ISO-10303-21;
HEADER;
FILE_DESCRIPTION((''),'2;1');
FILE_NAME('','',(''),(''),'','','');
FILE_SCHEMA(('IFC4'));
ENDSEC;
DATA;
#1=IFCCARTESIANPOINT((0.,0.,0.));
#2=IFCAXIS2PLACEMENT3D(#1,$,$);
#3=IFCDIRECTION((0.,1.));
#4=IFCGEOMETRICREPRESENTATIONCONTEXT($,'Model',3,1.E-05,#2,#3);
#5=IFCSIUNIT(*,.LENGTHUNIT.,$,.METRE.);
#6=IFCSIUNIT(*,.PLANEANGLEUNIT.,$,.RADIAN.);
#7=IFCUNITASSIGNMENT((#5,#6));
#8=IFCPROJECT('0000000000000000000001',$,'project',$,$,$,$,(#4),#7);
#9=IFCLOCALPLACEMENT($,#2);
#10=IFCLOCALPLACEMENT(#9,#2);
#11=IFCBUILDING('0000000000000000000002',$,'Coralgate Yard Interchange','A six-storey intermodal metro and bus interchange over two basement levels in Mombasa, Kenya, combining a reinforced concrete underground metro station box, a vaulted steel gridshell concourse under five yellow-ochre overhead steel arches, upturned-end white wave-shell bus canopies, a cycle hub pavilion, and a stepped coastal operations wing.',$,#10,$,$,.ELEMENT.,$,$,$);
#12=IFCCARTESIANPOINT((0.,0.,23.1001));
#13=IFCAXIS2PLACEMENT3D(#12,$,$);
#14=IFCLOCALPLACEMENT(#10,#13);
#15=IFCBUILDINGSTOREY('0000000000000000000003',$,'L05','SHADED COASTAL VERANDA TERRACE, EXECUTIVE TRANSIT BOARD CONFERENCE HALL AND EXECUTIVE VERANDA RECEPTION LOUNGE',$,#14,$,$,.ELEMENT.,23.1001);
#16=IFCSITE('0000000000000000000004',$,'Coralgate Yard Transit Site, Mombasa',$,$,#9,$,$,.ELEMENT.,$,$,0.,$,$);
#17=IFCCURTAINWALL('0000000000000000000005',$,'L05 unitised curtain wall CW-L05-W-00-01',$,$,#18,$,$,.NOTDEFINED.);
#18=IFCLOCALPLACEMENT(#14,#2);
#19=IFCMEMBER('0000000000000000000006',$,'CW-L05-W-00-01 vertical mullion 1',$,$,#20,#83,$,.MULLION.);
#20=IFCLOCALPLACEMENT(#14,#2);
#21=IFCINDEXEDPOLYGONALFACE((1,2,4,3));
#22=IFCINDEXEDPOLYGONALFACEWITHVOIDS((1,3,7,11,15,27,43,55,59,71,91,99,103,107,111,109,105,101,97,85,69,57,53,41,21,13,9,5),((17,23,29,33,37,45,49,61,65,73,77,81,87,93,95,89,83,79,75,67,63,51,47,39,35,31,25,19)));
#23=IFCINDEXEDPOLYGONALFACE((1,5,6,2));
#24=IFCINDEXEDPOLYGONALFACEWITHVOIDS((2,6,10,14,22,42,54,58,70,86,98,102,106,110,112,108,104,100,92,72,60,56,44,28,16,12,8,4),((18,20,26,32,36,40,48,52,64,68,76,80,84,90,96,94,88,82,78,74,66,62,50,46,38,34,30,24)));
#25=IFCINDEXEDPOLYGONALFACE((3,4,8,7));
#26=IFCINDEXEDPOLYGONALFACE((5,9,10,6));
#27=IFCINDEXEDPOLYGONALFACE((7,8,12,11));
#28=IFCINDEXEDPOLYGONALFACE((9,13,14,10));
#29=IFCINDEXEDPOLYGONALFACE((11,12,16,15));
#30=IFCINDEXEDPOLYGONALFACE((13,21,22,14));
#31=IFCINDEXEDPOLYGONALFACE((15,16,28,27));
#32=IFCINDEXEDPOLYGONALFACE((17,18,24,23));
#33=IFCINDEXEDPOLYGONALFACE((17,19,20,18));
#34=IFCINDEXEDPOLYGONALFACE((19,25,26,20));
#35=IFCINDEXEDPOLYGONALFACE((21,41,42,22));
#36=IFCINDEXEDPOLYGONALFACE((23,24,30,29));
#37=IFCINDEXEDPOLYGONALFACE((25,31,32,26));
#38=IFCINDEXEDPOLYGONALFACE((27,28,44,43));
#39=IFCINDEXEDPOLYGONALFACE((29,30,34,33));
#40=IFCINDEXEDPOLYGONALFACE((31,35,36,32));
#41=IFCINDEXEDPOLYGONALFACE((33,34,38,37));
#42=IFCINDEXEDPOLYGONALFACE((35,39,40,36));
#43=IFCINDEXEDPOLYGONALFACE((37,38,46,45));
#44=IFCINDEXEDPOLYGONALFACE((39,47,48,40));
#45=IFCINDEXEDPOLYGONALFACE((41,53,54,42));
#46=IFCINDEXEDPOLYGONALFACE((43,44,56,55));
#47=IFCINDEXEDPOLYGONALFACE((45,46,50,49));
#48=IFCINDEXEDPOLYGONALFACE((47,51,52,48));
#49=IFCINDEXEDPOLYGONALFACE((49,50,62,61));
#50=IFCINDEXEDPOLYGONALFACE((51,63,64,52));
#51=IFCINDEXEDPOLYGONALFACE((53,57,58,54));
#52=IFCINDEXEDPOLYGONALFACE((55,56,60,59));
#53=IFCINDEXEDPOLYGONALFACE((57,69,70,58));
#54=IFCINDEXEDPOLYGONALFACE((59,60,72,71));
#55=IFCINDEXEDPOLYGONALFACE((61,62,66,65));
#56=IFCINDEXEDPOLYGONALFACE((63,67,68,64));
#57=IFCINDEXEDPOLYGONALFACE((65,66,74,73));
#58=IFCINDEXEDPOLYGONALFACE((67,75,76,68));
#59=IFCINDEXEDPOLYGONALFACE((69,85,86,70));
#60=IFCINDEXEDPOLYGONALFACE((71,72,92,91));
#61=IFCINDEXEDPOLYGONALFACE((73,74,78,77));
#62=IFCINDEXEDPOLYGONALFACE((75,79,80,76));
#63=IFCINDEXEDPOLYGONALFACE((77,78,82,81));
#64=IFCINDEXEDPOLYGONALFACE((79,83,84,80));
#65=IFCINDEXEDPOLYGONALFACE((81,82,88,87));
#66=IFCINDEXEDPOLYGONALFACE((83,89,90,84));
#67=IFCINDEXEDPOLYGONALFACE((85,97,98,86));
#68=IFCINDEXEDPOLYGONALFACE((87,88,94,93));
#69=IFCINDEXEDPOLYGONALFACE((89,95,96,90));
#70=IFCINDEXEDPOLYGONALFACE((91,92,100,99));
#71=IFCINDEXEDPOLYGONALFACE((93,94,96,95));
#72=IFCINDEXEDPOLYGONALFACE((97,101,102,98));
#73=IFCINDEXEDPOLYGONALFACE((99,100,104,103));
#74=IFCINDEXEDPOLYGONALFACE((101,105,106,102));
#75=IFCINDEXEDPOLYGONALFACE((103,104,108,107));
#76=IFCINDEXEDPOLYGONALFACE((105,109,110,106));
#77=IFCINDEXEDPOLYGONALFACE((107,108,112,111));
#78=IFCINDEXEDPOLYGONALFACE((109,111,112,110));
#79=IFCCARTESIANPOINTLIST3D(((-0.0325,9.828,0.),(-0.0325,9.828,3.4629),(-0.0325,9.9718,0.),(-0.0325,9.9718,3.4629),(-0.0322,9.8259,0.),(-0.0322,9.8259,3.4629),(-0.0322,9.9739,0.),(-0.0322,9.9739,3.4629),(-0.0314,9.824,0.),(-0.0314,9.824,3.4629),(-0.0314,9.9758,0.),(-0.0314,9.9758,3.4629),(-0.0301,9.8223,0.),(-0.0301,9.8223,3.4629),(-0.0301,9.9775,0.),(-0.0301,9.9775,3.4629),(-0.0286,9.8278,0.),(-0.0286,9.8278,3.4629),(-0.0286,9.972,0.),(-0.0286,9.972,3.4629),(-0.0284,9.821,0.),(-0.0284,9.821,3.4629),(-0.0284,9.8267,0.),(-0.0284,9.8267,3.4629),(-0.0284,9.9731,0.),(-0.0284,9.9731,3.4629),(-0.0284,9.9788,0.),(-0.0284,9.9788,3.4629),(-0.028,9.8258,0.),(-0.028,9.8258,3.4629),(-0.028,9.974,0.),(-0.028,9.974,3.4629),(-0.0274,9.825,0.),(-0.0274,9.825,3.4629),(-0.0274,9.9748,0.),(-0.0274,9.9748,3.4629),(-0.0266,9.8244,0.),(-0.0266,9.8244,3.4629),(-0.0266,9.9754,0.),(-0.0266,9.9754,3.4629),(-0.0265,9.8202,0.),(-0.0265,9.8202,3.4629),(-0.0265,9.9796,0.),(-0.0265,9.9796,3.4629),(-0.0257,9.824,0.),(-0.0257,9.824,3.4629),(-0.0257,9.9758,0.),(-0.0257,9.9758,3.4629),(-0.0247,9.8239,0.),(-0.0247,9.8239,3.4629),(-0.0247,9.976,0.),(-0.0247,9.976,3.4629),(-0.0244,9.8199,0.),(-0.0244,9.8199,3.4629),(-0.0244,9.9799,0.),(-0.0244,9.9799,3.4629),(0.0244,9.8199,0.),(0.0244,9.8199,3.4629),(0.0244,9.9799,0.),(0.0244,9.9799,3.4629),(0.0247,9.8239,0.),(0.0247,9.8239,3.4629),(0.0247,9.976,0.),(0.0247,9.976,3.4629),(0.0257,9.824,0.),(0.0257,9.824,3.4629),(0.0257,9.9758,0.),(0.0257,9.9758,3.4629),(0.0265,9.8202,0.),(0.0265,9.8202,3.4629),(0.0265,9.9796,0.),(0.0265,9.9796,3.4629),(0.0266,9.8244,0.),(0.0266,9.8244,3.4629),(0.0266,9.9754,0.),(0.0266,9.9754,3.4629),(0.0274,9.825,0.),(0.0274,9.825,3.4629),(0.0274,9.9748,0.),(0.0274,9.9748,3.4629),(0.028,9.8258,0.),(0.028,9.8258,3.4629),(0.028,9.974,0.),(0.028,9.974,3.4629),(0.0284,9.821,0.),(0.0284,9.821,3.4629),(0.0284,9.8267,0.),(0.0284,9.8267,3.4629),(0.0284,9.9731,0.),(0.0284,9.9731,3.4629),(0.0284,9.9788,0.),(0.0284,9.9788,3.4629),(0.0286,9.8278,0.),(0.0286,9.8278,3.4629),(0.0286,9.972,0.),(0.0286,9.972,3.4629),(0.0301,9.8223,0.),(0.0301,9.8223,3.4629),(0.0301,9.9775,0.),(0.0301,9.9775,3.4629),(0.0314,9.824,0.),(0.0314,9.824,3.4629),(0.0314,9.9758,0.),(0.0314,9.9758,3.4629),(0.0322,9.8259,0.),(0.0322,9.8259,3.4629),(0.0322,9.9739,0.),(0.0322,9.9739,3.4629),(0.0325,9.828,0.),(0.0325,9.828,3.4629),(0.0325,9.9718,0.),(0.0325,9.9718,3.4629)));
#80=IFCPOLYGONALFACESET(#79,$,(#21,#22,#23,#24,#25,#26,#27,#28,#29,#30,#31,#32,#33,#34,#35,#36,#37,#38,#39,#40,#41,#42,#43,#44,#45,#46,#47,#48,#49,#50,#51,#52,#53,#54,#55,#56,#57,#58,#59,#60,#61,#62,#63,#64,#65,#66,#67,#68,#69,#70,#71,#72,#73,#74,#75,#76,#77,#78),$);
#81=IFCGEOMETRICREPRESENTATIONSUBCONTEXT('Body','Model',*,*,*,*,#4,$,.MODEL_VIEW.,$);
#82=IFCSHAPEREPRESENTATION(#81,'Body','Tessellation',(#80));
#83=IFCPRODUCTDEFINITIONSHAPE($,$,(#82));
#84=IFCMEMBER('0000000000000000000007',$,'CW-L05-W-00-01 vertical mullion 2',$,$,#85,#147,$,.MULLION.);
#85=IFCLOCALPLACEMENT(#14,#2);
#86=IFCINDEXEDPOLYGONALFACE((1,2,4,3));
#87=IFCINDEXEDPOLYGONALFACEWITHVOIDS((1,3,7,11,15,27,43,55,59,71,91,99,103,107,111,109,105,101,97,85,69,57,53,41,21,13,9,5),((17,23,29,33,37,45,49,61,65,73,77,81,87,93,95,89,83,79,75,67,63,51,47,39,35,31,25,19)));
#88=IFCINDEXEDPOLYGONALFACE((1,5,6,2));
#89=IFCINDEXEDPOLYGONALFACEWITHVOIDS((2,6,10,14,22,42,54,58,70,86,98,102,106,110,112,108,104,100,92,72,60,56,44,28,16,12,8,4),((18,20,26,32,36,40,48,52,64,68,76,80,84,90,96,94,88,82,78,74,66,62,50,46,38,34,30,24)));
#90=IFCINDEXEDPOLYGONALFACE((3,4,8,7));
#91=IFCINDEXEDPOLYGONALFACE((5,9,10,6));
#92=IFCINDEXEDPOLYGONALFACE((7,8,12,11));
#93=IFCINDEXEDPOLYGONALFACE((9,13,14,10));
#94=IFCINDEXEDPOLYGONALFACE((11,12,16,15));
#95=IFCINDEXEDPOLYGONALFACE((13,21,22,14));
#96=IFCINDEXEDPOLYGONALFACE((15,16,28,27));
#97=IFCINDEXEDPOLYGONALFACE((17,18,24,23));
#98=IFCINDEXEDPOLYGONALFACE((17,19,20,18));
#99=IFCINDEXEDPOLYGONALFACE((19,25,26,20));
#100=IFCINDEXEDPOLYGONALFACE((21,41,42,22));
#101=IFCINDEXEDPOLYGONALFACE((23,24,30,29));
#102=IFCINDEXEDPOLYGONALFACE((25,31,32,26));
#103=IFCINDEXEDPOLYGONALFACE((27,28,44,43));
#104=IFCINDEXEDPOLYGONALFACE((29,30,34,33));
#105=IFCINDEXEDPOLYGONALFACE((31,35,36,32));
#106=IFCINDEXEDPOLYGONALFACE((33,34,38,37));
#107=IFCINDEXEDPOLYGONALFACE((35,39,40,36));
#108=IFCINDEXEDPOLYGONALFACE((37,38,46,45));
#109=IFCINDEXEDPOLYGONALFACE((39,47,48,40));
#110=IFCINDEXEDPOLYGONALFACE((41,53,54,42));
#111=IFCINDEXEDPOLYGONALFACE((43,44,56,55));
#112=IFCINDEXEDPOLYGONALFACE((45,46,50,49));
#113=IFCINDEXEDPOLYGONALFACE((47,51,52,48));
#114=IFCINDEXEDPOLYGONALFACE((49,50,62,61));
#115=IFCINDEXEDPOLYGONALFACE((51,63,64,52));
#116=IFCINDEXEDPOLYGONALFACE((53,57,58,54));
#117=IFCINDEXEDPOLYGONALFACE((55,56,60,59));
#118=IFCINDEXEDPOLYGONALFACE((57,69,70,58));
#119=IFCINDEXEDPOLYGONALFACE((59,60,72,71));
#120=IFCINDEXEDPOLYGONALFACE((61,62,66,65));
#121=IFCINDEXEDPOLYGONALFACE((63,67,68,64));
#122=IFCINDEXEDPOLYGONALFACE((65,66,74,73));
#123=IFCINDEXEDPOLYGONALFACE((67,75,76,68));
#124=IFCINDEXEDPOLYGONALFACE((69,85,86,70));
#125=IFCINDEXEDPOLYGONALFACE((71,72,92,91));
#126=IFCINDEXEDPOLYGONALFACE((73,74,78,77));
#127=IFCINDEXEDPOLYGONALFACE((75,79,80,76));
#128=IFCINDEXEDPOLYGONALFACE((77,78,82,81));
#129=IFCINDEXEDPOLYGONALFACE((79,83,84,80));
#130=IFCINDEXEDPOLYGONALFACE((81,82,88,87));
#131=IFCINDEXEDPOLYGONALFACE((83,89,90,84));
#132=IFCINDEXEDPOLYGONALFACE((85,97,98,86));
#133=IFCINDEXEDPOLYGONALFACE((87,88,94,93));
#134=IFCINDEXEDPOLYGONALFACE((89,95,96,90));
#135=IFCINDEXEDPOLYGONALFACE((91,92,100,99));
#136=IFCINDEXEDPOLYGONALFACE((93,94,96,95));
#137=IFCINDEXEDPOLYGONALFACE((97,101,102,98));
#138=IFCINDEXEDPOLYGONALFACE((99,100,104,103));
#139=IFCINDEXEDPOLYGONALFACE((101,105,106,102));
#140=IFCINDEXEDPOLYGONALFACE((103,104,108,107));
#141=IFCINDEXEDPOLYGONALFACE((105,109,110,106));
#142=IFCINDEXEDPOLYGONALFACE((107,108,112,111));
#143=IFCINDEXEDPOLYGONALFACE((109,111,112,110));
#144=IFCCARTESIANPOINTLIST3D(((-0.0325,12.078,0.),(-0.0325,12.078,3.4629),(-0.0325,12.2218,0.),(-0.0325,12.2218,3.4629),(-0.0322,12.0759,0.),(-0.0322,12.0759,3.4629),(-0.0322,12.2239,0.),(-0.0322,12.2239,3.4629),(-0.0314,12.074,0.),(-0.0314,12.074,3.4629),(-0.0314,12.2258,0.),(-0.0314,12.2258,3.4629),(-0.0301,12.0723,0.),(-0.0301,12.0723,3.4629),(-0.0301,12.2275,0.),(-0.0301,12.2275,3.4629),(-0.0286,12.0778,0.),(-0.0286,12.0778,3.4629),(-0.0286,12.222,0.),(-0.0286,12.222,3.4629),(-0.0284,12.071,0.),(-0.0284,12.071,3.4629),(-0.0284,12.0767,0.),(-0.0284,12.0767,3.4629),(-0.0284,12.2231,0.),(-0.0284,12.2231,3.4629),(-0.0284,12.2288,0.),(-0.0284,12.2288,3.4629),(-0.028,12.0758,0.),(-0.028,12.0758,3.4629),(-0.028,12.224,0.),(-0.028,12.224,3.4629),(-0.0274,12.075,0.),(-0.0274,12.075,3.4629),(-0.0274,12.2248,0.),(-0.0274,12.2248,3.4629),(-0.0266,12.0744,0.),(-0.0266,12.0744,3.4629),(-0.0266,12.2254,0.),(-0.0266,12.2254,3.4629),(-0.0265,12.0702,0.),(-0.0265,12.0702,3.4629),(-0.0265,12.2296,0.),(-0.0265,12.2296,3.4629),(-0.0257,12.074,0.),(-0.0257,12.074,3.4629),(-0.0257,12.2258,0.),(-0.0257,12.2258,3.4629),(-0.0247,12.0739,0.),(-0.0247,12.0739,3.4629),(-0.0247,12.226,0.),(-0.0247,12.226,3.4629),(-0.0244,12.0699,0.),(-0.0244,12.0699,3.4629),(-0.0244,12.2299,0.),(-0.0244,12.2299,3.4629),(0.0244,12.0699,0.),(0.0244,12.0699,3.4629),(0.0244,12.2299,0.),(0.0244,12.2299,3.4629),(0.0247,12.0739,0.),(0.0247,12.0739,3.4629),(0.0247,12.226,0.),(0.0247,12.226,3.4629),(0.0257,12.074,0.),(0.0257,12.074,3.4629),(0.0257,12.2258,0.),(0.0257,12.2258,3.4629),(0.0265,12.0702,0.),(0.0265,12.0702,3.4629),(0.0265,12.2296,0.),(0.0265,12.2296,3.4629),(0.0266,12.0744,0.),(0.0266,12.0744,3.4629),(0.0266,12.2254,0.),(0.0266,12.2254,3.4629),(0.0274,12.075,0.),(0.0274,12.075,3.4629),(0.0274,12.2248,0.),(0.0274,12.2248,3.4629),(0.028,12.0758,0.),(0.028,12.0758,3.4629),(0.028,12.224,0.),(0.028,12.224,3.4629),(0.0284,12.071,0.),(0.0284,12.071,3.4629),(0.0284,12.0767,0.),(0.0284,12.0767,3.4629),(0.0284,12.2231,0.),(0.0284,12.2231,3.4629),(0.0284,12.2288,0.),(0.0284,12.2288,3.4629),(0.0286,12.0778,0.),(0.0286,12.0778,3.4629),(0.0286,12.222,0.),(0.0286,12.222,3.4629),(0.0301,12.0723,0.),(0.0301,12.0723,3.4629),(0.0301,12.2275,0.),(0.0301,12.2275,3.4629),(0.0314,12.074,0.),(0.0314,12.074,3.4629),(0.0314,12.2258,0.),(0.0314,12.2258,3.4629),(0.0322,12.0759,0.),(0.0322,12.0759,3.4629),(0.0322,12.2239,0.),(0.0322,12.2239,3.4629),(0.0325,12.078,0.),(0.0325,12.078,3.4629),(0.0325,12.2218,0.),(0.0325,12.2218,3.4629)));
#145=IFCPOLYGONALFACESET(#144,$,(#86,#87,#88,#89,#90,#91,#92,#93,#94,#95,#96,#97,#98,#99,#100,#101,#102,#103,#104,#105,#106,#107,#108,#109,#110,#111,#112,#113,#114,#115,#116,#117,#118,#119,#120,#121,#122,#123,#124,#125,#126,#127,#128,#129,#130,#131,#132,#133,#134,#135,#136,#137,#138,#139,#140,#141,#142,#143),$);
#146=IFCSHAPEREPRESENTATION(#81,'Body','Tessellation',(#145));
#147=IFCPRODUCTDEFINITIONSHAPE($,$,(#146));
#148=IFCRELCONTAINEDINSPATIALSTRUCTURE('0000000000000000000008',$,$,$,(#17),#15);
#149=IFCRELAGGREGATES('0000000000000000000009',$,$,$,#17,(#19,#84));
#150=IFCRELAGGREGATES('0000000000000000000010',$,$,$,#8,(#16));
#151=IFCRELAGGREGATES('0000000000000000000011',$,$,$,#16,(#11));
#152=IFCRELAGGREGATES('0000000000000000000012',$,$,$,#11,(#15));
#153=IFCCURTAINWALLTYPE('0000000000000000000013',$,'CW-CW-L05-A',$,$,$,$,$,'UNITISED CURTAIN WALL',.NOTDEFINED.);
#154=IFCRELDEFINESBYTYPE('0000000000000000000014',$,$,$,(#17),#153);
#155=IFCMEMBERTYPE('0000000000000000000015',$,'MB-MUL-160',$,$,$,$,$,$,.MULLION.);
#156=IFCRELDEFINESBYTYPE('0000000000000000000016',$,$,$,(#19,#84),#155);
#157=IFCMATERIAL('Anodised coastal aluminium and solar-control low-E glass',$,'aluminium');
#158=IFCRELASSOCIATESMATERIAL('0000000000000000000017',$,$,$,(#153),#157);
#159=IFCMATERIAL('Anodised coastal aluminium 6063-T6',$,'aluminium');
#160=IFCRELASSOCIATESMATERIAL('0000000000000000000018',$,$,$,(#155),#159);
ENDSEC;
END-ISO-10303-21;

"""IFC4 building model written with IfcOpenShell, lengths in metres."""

from ifc_helpers import new_model, si_unit, direction, frame, origin, origin_2d, place, context, subcontext, project, spatial, hollow_rectangle, extrude, material, material_profile, profile_set, type_object, element, aggregate, save


model = new_model("IFC4")

# Units and contexts
model_context = context("Model", 3, precision=1e-05, world=origin(), true_north=direction((0.0, 1.0)))
body_context = subcontext(model_context, "Body", "Model", "MODEL_VIEW")
ifc_project = project(units=[si_unit("LENGTHUNIT", "METRE"), si_unit("PLANEANGLEUNIT", "RADIAN")], contexts=[model_context])

# Site, building, storey
site_placement = place(None, origin())
site = spatial("IfcSite", under=ifc_project, at=site_placement, Name="Coralgate Yard Transit Site, Mombasa", CompositionType="ELEMENT", RefElevation=0.0)
building_placement = place(site_placement, origin())
building = spatial("IfcBuilding", under=site, at=building_placement, Name="Coralgate Yard Interchange", Description="A six-storey intermodal metro and bus interchange over two basement levels in Mombasa, Kenya, combining a reinforced concrete underground metro station box, a vaulted steel gridshell concourse under five yellow-ochre overhead steel arches, upturned-end white wave-shell bus canopies, a cycle hub pavilion, and a stepped coastal operations wing.", CompositionType="ELEMENT")
storey_placement = place(building_placement, frame((0.0, 0.0, 23.1001)))
storey = spatial("IfcBuildingStorey", under=building, at=storey_placement, Name="L05", Description="SHADED COASTAL VERANDA TERRACE, EXECUTIVE TRANSIT BOARD CONFERENCE HALL AND EXECUTIVE VERANDA RECEPTION LOUNGE", CompositionType="ELEMENT", Elevation=23.1001)

# Curtain wall, members
ifc_material_1 = material(Name="Anodised coastal aluminium and solar-control low-E glass", Category="aluminium")
curtain_wall_type = type_object("IfcCurtainWallType", Name="CW-CW-L05-A", ElementType="UNITISED CURTAIN WALL", PredefinedType="NOTDEFINED", material=ifc_material_1)
curtain_wall_placement = place(storey_placement, origin())
curtain_wall = element("IfcCurtainWall", 1, at=curtain_wall_placement, inside=storey, type_object=curtain_wall_type, Name="L05 unitised curtain wall CW-L05-W-00-01", PredefinedType="NOTDEFINED")
ifc_material_2 = material(Name="Anodised coastal aluminium 6063-T6", Category="aluminium")
ifc_material_profile_1 = material_profile(ifc_material_2, hollow_rectangle(XDim=0.0649, YDim=0.1599, WallThickness=0.0039, InnerFilletRadius=0.0039, OuterFilletRadius=0.0081, at=origin_2d()), Name="ALU 65x160x4")
ifc_profile_set_1 = profile_set([ifc_material_profile_1], Name="Anodised coastal aluminium 6063-T6")
member_type_1 = type_object("IfcMemberType", Name="MB-MUL-160", PredefinedType="MULLION", material=ifc_profile_set_1)
member_1_placement = place(storey_placement, frame((0.0, 9.8999, 0.0), z_axis=(0.0, 0.0, 1.0), x_axis=(1.0, 0.0, 0.0)))
member_1 = element("IfcMember", 2, at=member_1_placement, type_object=member_type_1, Name="CW-L05-W-00-01 vertical mullion 1", PredefinedType="MULLION", context=body_context, shape_type="SweptSolid", body=[
    extrude(hollow_rectangle(XDim=0.0649, YDim=0.1599, WallThickness=0.0039, InnerFilletRadius=0.0039, OuterFilletRadius=0.0081, at=origin_2d()), origin(), (0.0, 0.0, 1.0), 3.4629),
])
member_2_placement = place(storey_placement, frame((0.0, 12.1499, 0.0), z_axis=(0.0, 0.0, 1.0), x_axis=(1.0, 0.0, 0.0)))
member_2 = element("IfcMember", 3, at=member_2_placement, type_object=member_type_1, Name="CW-L05-W-00-01 vertical mullion 2", PredefinedType="MULLION", context=body_context, shape_type="SweptSolid", body=[
    extrude(hollow_rectangle(XDim=0.0649, YDim=0.1599, WallThickness=0.0039, InnerFilletRadius=0.0039, OuterFilletRadius=0.0081, at=origin_2d()), origin(), (0.0, 0.0, 1.0), 3.4629),
])
aggregate(curtain_wall, [member_1, member_2])

save(model, "model.ifc")
